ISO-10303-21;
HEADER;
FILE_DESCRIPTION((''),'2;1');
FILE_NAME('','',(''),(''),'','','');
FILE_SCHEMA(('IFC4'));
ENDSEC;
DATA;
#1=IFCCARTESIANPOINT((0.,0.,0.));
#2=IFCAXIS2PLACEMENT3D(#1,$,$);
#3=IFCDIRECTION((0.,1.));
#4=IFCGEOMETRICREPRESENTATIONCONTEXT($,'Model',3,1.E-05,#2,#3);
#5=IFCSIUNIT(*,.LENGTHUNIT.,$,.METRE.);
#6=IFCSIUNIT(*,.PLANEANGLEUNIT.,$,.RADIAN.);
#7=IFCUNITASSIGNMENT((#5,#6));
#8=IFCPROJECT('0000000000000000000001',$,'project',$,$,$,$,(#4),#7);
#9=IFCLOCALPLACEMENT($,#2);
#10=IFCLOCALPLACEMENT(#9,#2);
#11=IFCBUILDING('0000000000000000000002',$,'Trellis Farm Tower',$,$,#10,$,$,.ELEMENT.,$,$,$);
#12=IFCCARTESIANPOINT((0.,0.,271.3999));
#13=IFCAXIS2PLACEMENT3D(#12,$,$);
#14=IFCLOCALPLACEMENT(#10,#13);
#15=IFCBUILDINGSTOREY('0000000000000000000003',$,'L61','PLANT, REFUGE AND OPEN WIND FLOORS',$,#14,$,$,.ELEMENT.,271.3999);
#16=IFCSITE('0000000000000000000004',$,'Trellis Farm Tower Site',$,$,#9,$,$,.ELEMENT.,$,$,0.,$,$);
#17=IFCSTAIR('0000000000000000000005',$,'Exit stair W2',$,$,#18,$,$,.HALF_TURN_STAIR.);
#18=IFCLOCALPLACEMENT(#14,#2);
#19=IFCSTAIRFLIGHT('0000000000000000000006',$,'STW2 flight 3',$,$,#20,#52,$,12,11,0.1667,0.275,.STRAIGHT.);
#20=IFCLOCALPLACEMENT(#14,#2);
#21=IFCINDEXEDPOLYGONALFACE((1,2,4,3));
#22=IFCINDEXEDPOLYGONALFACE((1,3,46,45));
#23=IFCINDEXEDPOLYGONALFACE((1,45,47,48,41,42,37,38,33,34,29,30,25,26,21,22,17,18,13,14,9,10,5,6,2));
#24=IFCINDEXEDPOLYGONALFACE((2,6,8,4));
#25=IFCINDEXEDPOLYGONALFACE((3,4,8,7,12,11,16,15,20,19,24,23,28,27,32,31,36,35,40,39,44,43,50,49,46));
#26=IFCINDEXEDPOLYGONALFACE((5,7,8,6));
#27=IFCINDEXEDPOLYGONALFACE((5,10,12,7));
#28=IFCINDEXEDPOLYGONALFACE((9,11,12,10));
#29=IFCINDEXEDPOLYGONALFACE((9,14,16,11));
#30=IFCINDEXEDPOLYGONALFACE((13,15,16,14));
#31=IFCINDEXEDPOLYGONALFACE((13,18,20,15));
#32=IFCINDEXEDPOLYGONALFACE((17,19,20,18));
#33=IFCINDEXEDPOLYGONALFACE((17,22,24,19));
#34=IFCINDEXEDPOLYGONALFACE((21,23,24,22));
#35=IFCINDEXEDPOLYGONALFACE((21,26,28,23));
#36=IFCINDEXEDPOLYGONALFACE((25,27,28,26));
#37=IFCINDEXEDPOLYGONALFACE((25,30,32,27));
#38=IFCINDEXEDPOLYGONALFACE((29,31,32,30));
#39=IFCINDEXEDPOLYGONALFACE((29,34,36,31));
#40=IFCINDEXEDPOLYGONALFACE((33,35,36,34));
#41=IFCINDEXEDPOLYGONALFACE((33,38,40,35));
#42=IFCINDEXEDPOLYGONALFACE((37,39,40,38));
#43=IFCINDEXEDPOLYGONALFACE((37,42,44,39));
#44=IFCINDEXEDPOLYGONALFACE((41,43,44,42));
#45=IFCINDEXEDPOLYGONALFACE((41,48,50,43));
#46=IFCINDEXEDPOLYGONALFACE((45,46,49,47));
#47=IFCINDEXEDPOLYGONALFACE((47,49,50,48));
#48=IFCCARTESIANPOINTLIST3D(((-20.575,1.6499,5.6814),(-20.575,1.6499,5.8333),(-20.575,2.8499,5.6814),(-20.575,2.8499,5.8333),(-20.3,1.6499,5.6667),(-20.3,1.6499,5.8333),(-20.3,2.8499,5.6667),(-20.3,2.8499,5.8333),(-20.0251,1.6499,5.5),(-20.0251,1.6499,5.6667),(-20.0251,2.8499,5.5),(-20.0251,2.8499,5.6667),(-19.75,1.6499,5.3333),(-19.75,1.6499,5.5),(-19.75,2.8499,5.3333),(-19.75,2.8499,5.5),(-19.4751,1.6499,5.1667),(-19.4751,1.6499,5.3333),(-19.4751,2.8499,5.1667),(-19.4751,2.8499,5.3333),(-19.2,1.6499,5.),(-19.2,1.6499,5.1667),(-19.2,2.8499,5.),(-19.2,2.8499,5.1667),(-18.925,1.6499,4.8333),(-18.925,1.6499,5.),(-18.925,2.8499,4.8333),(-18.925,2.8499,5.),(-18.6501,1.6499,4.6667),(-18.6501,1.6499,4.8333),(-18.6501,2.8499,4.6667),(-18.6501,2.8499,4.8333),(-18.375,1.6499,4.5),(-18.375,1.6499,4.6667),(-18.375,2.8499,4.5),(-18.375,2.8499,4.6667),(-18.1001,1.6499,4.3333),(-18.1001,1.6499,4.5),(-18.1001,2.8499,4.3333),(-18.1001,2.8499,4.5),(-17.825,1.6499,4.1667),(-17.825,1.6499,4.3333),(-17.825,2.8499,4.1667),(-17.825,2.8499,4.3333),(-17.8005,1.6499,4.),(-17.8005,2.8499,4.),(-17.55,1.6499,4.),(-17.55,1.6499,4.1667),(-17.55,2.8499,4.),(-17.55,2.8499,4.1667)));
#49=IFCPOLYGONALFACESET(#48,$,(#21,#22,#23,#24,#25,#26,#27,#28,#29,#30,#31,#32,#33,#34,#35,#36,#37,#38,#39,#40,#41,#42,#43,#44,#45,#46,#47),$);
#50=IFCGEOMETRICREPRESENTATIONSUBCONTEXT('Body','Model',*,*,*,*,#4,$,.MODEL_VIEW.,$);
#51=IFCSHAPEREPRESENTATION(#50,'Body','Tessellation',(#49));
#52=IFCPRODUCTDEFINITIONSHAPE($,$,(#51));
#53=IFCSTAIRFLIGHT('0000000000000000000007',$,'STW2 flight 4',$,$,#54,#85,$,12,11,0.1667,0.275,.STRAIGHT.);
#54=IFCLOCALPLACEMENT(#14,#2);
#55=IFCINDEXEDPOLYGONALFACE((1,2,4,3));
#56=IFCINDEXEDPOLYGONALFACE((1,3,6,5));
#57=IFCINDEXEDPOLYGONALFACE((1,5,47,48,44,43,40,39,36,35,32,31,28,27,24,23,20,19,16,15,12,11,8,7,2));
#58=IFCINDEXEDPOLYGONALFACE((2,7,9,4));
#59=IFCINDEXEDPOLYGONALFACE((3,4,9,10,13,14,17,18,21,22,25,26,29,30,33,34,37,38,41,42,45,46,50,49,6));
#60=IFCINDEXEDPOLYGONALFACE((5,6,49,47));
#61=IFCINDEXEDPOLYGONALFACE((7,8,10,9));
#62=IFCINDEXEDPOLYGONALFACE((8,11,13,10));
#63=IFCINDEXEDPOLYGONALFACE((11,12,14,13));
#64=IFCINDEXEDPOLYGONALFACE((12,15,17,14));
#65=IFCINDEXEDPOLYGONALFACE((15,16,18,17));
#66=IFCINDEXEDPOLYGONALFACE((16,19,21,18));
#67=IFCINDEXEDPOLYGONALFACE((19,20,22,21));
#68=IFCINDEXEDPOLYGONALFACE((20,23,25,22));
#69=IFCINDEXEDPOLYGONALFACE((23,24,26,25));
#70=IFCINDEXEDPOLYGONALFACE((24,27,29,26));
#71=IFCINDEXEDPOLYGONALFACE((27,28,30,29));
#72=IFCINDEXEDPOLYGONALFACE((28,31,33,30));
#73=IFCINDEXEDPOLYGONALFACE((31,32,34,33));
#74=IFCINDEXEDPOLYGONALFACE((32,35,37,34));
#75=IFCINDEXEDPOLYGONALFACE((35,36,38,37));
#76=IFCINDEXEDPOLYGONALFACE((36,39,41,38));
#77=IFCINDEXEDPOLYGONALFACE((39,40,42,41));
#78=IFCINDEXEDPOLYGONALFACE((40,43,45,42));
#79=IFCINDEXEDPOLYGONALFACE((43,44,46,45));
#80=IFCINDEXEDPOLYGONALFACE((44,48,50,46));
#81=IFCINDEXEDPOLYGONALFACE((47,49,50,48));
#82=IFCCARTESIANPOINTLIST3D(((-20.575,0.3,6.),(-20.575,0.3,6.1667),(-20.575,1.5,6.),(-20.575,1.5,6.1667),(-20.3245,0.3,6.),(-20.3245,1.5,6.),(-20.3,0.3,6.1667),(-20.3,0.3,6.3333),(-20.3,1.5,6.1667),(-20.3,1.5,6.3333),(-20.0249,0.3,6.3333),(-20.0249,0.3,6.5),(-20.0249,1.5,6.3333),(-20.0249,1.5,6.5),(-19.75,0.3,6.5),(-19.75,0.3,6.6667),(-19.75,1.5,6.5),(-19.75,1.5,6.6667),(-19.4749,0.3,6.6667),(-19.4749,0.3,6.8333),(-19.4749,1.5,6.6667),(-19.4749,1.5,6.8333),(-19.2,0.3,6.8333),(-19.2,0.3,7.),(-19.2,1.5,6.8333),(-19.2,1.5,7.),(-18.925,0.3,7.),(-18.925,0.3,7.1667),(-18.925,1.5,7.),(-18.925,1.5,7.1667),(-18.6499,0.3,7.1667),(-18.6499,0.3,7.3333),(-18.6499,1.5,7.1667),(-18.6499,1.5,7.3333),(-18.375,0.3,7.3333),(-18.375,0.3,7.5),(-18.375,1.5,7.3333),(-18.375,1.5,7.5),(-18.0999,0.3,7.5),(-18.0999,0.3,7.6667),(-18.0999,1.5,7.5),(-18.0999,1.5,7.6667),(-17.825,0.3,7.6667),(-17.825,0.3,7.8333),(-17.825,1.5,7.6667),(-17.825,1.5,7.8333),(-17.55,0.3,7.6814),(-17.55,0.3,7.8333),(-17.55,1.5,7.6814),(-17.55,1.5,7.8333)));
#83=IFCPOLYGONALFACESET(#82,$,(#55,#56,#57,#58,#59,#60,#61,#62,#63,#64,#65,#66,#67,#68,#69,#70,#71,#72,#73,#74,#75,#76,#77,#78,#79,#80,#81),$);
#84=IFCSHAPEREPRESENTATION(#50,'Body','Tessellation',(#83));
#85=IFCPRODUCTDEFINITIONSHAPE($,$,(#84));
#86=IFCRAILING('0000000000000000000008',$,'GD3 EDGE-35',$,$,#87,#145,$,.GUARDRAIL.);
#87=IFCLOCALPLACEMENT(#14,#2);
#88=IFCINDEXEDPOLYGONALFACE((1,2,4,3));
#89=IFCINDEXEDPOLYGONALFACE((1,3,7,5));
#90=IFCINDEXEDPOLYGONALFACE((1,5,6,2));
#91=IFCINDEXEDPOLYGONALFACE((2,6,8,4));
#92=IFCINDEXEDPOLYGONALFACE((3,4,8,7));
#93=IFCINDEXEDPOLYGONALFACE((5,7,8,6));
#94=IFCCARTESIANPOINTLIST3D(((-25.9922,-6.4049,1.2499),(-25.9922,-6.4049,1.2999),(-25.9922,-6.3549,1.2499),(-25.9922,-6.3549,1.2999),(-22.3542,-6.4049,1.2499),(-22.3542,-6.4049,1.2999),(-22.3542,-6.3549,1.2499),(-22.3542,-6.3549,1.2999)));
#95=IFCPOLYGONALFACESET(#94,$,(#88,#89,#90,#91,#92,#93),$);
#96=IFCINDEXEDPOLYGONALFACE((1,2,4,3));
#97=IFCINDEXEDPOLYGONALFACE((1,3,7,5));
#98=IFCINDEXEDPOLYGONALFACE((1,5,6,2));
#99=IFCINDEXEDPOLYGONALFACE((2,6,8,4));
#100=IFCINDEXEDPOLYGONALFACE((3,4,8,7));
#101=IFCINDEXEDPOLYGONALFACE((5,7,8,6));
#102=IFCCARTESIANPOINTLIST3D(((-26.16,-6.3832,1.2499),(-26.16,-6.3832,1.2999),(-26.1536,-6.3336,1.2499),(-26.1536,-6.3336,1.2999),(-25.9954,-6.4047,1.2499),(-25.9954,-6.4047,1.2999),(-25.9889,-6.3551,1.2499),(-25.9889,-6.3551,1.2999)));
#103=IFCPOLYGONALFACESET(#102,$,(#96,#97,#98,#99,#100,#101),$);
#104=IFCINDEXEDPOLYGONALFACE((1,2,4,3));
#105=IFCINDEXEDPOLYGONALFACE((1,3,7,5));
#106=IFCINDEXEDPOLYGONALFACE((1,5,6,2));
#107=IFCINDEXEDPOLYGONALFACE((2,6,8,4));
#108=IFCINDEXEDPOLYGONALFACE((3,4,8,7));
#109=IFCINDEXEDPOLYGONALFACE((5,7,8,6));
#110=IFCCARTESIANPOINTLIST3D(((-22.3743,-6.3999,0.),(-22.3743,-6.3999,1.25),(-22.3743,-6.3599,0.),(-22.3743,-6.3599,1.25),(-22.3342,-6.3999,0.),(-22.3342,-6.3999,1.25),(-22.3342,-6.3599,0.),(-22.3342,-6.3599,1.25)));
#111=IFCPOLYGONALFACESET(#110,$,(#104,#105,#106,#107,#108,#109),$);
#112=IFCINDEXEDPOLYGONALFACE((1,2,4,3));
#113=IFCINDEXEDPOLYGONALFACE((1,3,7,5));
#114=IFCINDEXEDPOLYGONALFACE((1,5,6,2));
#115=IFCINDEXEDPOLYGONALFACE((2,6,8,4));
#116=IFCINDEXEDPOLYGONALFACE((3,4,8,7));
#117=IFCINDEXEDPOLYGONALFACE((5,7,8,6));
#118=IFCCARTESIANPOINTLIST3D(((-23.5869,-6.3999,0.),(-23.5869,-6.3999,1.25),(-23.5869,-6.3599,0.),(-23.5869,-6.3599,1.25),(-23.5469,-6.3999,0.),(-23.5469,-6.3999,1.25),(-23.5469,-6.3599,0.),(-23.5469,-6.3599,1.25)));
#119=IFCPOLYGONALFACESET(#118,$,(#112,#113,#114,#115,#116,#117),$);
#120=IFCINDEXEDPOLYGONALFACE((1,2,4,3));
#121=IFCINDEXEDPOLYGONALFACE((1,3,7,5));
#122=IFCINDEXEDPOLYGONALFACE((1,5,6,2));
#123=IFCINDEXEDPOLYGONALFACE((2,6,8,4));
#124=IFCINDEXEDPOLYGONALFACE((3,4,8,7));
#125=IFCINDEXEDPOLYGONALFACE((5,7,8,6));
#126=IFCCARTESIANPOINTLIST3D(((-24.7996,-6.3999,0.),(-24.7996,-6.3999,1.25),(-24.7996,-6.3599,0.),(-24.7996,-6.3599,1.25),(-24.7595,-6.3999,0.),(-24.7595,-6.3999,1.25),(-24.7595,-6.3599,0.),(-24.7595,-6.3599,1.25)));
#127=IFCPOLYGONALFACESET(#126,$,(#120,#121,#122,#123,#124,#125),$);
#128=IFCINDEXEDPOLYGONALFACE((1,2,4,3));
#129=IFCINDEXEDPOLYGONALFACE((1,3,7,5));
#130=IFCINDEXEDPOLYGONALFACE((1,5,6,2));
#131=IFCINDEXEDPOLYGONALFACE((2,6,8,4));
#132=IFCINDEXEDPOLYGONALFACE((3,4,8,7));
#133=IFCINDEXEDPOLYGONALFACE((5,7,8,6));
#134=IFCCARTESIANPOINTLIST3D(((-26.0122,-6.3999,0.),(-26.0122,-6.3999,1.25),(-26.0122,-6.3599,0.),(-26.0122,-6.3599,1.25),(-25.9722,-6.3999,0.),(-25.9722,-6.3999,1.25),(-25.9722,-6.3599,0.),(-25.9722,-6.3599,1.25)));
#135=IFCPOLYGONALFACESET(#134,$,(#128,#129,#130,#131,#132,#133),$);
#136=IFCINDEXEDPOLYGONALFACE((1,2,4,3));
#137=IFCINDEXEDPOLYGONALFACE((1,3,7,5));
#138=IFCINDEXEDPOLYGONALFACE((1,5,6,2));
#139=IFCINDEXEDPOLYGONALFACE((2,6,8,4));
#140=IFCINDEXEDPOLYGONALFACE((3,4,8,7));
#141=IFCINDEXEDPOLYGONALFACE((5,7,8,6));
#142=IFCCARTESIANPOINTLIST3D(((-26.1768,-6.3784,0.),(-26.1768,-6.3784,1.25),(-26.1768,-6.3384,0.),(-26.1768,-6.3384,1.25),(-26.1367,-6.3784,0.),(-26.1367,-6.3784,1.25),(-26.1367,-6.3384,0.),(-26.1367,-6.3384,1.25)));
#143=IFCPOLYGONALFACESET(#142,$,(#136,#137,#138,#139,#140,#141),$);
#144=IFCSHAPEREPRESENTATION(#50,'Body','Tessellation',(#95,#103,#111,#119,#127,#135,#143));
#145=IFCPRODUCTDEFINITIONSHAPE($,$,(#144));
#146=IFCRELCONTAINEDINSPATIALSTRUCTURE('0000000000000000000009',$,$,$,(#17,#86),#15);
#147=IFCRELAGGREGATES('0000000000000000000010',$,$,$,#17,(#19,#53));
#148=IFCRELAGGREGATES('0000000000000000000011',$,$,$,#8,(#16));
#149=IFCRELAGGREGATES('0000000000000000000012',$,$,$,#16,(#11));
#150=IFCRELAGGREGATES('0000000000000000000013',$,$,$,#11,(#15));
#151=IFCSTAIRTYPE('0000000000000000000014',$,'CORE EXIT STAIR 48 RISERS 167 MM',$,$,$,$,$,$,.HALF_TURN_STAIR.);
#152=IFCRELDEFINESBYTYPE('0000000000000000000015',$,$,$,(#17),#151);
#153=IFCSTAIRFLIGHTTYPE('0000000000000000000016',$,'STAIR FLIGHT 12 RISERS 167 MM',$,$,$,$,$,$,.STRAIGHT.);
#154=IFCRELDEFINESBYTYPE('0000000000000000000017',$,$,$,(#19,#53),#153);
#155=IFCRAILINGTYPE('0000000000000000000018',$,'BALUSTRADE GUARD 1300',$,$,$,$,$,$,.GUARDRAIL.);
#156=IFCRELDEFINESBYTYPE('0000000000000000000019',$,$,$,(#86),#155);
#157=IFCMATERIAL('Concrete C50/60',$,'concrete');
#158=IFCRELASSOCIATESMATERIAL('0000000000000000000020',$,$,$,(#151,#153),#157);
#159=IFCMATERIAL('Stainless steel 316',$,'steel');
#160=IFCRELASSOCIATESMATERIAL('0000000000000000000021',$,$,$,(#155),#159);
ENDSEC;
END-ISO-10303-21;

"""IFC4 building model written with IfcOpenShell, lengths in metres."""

from ifc_helpers import new_model, si_unit, direction, frame, origin, origin_2d, place, context, subcontext, project, spatial, polyline, rectangle, outline, extrude, source, transform, mapped, material, type_object, element, aggregate, save


model = new_model("IFC4")

# Units and contexts
model_context = context("Model", 3, precision=1e-05, world=origin(), true_north=direction((0.0, 1.0)))
body_context = subcontext(model_context, "Body", "Model", "MODEL_VIEW")
ifc_project = project(units=[si_unit("LENGTHUNIT", "METRE"), si_unit("PLANEANGLEUNIT", "RADIAN")], contexts=[model_context])

# Site, building, storey
site_placement = place(None, origin())
site = spatial("IfcSite", under=ifc_project, at=site_placement, Name="Trellis Farm Tower Site", CompositionType="ELEMENT", RefElevation=0.0)
building_placement = place(site_placement, origin())
building = spatial("IfcBuilding", under=site, at=building_placement, Name="Trellis Farm Tower", CompositionType="ELEMENT")
storey_placement = place(building_placement, frame((0.0, 0.0, 271.3999)))
storey = spatial("IfcBuildingStorey", under=building, at=storey_placement, Name="L61", Description="PLANT, REFUGE AND OPEN WIND FLOORS", CompositionType="ELEMENT", Elevation=271.3999)

# Stair, stair flights
ifc_material_1 = material(Name="Concrete C50/60", Category="concrete")
stair_type = type_object("IfcStairType", Name="CORE EXIT STAIR 48 RISERS 167 MM", PredefinedType="HALF_TURN_STAIR", material=ifc_material_1)
stair_placement = place(storey_placement, origin())
stair = element("IfcStair", 1, at=stair_placement, inside=storey, type_object=stair_type, Name="Exit stair W2", PredefinedType="HALF_TURN_STAIR")
stair_flight_type = type_object("IfcStairFlightType", Name="STAIR FLIGHT 12 RISERS 167 MM", PredefinedType="STRAIGHT", material=ifc_material_1)
shared_shape_1 = source(origin(), body_context, "Body", "SweptSolid", [
    extrude(outline(polyline([(0.0, 0.0), (0.0, 0.1667), (0.2749, 0.1667), (0.2749, 0.3333), (0.55, 0.3333), (0.55, 0.5), (0.825, 0.5), (0.825, 0.6667), (1.1001, 0.6667), (1.1001, 0.8333), (1.375, 0.8333), (1.375, 1.0), (1.6499, 1.0), (1.6499, 1.1667), (1.925, 1.1667), (1.925, 1.3333), (2.2, 1.3333), (2.2, 1.5), (2.4751, 1.5), (2.4751, 1.6667), (2.75, 1.6667), (2.75, 1.8333), (3.0249, 1.8333), (3.0249, 2.0), (3.0249, 1.6814), (0.2505, 0.0), (0.0, 0.0)])), frame((0.0, 0.6001, 0.0), z_axis=(0.0, -1.0, 0.0), x_axis=(1.0, 0.0, 0.0)), (0.0, 0.0, 1.0), 1.2),
])
stair_flight_1_placement = place(storey_placement, frame((-17.55, 2.25, 4.0), z_axis=(0.0, 0.0, 1.0), x_axis=(-1.0, 0.0, 0.0)))
stair_flight_1 = element("IfcStairFlight", 2, at=stair_flight_1_placement, type_object=stair_flight_type, Name="STW2 flight 3", NumberOfRisers=12, NumberOfTreads=11, PredefinedType="STRAIGHT", RiserHeight=0.1667, TreadLength=0.275, context=body_context, shape_type="MappedRepresentation", body=[
    mapped(shared_shape_1, transform((0.0, 0.0, 0.0))),
])
stair_flight_2_placement = place(storey_placement, frame((-20.575, 0.8999, 6.0), z_axis=(0.0, 0.0, 1.0), x_axis=(1.0, 0.0, 0.0)))
stair_flight_2 = element("IfcStairFlight", 3, at=stair_flight_2_placement, type_object=stair_flight_type, Name="STW2 flight 4", NumberOfRisers=12, NumberOfTreads=11, PredefinedType="STRAIGHT", RiserHeight=0.1667, TreadLength=0.275, context=body_context, shape_type="MappedRepresentation", body=[
    mapped(shared_shape_1, transform((0.0, 0.0, 0.0))),
])
aggregate(stair, [stair_flight_1, stair_flight_2])

# Railing
ifc_material_2 = material(Name="Stainless steel 316", Category="steel")
railing_type_1 = type_object("IfcRailingType", Name="BALUSTRADE GUARD 1300", PredefinedType="GUARDRAIL", material=ifc_material_2)
railing_1_placement = place(storey_placement, frame((-22.3542, -6.3799, 0.0)))
element("IfcRailing", 4, at=railing_1_placement, inside=storey, type_object=railing_type_1, Name="GD3 EDGE-35", PredefinedType="GUARDRAIL", context=body_context, shape_type="SweptSolid", body=[
    extrude(rectangle(XDim=0.05, YDim=0.05, at=origin_2d()), frame((0.0, 0.0, 1.2749), z_axis=(-1.0, 0.0, 0.0), x_axis=(0.0, -1.0, 0.0)), (0.0, 0.0, 1.0), 3.6379),
    extrude(rectangle(XDim=0.05, YDim=0.05, at=origin_2d()), frame((-3.6379, 0.0, 1.2749), z_axis=(-0.991584, 0.129465, 0.0), x_axis=(-0.129465, -0.991584, 0.0)), (0.0, 0.0, 1.0), 0.166),
    extrude(rectangle(XDim=0.04, YDim=0.04, at=origin_2d()), origin(), (0.0, 0.0, 1.0), 1.25),
    extrude(rectangle(XDim=0.04, YDim=0.04, at=origin_2d()), frame((-1.2126, 0.0, 0.0)), (0.0, 0.0, 1.0), 1.25),
    extrude(rectangle(XDim=0.04, YDim=0.04, at=origin_2d()), frame((-2.4253, 0.0, 0.0)), (0.0, 0.0, 1.0), 1.25),
    extrude(rectangle(XDim=0.04, YDim=0.04, at=origin_2d()), frame((-3.6379, 0.0, 0.0)), (0.0, 0.0, 1.0), 1.25),
    extrude(rectangle(XDim=0.04, YDim=0.04, at=origin_2d()), frame((-3.8025, 0.0215, 0.0)), (0.0, 0.0, 1.0), 1.25),
])

save(model, "model.ifc")
